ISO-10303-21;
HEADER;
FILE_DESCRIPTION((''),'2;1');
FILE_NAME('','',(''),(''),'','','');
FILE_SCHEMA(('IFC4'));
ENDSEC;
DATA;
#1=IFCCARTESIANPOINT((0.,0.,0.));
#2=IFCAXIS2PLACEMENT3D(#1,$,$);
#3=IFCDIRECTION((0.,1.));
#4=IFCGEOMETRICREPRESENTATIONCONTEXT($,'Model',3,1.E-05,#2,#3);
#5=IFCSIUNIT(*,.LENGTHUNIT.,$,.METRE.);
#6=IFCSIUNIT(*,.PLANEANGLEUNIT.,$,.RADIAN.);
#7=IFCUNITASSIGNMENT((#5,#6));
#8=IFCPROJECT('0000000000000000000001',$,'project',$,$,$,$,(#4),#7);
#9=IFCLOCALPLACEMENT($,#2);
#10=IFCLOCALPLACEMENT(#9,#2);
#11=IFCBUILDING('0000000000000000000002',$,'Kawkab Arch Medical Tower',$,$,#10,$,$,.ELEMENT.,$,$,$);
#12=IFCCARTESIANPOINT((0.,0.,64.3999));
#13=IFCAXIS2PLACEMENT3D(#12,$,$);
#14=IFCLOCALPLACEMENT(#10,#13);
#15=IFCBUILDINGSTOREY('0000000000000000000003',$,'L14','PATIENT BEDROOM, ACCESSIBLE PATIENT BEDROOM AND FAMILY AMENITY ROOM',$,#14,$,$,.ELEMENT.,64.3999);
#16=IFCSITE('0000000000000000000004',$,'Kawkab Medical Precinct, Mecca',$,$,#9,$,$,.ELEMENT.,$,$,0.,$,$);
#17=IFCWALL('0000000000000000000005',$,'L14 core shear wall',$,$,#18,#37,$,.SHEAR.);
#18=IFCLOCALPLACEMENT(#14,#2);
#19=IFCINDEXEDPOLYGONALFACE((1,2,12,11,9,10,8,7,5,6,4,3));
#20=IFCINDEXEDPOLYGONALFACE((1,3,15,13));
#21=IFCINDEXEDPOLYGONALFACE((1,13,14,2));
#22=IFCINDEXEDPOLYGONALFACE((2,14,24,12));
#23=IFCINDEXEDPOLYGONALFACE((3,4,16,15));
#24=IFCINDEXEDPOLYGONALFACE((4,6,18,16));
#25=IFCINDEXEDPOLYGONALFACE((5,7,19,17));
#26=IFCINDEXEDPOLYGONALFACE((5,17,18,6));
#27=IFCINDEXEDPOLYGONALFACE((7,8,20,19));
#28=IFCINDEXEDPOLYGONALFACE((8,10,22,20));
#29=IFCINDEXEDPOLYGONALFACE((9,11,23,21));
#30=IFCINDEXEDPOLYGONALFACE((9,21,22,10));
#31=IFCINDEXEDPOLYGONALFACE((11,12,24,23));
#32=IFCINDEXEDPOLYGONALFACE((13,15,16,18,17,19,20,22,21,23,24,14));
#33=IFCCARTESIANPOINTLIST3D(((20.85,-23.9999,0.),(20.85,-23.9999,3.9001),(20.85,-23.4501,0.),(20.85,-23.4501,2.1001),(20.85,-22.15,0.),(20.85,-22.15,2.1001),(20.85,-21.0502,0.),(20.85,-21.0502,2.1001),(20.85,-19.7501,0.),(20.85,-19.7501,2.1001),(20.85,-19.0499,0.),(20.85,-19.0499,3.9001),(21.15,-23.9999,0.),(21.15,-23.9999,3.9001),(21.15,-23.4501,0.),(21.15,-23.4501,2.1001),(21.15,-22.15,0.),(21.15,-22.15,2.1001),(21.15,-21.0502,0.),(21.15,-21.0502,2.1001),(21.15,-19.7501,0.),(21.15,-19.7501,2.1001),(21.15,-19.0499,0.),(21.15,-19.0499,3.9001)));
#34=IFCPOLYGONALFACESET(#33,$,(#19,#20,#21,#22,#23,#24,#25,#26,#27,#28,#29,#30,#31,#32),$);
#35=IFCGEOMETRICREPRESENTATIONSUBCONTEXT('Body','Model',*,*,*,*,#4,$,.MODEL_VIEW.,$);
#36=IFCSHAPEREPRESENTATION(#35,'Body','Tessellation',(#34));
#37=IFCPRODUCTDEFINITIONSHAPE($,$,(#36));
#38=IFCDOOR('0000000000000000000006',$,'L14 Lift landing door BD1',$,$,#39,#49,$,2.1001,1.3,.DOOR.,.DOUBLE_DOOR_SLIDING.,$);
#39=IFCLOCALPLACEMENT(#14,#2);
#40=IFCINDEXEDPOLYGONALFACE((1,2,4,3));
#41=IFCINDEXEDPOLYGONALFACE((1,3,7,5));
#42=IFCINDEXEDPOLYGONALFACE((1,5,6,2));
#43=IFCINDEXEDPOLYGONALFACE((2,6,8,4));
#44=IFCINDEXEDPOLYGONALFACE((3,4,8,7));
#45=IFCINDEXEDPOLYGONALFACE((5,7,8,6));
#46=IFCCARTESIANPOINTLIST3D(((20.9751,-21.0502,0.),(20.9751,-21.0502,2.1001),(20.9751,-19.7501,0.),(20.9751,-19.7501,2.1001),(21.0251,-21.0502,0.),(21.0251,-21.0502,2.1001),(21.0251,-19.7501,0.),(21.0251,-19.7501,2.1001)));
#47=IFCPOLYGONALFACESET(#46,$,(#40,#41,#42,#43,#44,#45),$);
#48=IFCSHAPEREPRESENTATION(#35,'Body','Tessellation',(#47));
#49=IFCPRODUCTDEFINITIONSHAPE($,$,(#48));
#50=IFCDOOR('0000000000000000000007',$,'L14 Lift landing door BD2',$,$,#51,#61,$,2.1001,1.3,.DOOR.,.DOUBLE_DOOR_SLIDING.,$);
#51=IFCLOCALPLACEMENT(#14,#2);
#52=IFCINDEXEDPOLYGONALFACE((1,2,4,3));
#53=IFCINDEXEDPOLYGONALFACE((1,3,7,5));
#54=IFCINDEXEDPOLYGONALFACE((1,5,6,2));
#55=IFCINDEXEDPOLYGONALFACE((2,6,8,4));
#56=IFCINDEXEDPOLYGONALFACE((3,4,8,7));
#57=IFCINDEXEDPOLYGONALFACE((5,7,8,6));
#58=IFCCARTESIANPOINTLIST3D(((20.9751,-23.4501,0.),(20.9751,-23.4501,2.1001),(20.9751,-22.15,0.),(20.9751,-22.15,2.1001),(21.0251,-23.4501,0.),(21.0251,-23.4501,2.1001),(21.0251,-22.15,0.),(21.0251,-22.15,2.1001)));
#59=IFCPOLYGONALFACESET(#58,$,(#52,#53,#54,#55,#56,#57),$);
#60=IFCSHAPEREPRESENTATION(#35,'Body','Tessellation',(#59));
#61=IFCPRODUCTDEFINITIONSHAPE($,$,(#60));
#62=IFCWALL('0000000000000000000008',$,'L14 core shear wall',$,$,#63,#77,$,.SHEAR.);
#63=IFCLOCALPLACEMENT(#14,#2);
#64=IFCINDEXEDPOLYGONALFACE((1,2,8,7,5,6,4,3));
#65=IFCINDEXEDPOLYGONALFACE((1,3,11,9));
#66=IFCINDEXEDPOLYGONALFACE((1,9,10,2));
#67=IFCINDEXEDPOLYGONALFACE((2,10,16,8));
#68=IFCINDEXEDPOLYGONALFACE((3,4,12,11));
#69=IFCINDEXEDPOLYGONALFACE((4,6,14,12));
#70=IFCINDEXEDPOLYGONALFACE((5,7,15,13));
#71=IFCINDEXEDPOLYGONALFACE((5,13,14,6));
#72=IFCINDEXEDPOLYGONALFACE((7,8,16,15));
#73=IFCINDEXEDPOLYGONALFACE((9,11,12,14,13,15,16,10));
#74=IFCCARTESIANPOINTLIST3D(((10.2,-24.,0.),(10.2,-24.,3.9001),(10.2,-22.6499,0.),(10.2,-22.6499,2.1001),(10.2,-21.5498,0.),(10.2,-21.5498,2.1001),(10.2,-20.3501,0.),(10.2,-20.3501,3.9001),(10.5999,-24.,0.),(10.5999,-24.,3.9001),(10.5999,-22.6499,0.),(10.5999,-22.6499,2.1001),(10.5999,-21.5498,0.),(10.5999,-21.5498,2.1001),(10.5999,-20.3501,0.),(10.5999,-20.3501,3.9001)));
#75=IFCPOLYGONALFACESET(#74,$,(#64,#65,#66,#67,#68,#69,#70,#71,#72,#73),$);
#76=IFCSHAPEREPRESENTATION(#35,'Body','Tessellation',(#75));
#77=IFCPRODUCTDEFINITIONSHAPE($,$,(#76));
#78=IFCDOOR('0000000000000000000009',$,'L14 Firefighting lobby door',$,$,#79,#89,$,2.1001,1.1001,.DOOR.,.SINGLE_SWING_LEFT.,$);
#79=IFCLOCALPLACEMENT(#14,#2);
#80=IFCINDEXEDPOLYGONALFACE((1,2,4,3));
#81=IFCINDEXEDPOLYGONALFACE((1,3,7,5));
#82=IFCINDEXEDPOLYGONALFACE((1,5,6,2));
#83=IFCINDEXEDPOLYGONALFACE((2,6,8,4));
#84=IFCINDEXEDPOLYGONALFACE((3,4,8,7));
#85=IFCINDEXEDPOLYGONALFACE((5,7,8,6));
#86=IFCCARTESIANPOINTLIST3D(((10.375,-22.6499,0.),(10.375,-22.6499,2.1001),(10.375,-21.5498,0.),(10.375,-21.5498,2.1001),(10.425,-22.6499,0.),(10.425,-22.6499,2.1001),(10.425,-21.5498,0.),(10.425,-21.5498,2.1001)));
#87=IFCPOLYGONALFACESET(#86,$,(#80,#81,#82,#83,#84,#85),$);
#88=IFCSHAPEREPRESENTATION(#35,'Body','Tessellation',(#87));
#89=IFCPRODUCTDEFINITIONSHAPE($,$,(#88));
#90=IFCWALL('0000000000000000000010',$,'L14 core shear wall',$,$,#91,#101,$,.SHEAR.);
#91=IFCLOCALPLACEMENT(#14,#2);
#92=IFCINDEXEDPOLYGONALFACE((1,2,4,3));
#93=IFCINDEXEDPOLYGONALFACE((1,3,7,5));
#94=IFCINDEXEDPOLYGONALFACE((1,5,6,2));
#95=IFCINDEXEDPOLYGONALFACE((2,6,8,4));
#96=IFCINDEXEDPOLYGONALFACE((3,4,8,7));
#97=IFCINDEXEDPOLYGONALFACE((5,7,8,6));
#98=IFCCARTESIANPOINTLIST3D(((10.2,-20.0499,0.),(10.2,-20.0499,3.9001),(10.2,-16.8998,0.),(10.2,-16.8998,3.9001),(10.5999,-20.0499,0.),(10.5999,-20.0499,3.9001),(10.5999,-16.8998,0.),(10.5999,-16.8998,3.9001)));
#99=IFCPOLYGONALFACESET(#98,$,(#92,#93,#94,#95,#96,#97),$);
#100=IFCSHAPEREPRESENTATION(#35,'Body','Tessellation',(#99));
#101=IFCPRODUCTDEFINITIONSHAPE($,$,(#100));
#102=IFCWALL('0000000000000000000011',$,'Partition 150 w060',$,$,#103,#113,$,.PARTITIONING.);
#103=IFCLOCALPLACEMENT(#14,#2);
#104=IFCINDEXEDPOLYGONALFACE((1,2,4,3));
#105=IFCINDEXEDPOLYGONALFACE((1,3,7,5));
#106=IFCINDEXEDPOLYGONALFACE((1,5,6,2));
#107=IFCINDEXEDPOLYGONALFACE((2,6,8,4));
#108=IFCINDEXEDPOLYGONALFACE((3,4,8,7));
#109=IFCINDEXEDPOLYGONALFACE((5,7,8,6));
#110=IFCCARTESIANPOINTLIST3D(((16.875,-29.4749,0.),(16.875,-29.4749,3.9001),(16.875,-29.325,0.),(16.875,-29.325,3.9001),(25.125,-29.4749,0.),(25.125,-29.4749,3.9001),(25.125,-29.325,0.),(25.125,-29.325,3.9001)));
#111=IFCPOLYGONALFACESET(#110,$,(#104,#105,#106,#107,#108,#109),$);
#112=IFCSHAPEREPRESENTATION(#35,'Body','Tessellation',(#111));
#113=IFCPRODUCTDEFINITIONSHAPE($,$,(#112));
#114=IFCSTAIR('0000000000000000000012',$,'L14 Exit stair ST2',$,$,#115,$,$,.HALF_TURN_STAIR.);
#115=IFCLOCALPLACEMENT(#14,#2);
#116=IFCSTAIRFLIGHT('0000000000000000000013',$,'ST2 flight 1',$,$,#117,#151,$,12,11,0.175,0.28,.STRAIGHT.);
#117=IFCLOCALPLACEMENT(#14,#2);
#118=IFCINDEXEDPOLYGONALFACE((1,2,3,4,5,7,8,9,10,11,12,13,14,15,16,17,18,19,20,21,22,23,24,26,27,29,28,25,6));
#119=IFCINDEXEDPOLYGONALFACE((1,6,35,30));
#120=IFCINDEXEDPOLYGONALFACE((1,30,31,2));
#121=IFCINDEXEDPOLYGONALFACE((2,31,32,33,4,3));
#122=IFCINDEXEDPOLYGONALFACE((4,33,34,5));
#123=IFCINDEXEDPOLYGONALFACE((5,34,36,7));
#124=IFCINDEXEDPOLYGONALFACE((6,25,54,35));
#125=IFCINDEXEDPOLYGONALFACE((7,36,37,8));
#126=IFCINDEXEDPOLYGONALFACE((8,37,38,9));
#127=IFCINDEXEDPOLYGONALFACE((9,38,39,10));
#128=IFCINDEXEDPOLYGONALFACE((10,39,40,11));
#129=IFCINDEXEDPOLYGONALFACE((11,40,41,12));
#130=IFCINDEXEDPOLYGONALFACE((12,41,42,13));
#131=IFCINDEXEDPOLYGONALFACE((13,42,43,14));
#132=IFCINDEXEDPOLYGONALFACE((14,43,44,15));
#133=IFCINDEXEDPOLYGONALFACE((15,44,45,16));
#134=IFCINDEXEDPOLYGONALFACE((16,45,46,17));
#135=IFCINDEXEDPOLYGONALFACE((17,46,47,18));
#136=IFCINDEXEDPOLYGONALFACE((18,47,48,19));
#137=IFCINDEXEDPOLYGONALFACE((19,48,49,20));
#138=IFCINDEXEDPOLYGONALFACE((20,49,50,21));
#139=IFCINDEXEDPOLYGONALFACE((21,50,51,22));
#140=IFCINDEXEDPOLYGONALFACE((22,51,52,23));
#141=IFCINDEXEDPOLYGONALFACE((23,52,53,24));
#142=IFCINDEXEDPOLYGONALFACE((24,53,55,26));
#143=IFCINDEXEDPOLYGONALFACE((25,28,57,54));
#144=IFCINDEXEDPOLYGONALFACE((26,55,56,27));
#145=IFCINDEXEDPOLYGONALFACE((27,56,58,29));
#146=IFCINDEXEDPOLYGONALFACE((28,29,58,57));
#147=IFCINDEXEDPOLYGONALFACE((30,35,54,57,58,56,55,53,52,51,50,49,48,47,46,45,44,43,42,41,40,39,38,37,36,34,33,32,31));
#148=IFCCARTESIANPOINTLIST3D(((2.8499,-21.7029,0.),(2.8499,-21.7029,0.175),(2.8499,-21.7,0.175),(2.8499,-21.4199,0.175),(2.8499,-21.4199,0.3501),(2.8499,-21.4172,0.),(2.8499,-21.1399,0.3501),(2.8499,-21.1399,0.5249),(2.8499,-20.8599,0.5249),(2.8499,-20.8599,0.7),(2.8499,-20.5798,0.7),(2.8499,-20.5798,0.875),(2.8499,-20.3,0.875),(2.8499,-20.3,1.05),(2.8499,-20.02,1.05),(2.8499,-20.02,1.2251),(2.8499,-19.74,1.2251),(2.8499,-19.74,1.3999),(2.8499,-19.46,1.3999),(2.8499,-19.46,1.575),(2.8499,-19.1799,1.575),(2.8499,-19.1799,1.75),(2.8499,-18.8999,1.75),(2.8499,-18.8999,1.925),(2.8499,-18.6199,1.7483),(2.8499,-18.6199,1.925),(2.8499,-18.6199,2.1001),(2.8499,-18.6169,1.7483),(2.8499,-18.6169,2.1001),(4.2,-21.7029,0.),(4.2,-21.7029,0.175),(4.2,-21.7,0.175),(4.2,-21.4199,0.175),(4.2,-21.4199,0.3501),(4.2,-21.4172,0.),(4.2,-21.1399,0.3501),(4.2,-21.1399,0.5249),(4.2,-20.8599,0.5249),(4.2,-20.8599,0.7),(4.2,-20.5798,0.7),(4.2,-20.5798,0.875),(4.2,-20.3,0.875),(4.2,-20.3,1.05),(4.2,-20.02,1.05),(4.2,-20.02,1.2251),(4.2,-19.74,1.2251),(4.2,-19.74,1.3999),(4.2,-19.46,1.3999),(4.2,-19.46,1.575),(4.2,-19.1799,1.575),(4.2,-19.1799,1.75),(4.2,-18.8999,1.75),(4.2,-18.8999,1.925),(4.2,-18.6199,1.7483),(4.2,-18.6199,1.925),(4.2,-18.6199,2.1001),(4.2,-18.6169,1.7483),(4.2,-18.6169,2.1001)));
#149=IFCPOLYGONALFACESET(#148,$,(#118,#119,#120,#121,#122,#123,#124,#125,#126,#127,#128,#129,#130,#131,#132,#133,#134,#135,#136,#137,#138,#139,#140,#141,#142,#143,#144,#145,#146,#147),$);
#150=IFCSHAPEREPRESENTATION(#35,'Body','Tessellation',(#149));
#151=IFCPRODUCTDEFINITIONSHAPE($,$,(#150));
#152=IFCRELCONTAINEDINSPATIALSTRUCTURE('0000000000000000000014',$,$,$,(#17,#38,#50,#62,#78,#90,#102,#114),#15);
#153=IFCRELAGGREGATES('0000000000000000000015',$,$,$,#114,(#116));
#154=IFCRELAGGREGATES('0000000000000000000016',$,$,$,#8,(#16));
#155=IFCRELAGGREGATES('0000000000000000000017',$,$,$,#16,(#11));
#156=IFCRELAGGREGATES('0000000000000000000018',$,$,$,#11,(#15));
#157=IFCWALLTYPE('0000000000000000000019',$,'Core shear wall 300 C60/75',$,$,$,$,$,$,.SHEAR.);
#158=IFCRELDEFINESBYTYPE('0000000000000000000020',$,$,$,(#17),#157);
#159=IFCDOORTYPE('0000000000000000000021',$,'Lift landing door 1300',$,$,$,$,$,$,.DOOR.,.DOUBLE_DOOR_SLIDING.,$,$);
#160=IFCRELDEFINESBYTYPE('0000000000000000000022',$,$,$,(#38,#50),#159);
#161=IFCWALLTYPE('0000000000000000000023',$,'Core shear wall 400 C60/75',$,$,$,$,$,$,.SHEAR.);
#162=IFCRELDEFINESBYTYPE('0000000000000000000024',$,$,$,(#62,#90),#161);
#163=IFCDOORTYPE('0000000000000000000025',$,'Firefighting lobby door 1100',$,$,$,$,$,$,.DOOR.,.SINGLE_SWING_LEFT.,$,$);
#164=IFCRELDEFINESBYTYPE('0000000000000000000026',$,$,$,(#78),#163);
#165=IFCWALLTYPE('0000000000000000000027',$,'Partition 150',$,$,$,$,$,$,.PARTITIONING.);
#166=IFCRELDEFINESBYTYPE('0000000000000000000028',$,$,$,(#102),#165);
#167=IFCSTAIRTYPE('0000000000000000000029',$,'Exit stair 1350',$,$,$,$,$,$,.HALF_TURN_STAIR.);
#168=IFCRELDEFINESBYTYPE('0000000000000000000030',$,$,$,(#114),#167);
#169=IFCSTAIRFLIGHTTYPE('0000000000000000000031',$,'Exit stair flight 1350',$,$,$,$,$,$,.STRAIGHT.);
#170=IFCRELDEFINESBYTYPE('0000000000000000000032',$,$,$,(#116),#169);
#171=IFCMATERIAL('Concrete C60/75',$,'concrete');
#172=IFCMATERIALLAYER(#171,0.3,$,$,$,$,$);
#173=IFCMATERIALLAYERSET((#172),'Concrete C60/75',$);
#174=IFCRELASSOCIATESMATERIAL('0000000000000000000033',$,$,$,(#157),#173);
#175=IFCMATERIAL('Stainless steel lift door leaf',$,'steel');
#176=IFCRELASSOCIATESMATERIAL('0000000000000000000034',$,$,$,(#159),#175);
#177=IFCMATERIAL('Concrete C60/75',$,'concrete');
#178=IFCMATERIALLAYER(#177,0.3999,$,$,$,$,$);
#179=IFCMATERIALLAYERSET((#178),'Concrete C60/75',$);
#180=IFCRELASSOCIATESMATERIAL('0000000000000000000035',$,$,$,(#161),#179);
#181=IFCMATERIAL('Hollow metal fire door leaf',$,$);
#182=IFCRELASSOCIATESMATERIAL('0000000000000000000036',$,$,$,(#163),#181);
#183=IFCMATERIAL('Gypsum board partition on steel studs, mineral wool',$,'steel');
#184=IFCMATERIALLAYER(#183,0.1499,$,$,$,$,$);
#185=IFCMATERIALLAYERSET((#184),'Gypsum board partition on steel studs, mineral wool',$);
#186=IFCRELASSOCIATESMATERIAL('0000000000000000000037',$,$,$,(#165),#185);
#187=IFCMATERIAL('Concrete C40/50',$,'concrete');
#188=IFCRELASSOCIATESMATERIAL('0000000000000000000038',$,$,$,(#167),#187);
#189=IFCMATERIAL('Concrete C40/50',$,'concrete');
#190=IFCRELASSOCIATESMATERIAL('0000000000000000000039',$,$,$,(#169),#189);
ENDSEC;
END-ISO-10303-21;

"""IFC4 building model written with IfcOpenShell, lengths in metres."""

from ifc_helpers import new_model, si_unit, direction, frame, frame_2d, origin, place, context, subcontext, project, spatial, polyline, rectangle, outline, extrude, material, layer, layer_set, type_object, element, fill, aggregate, save


model = new_model("IFC4")

# Units and contexts
model_context = context("Model", 3, precision=1e-05, world=origin(), true_north=direction((0.0, 1.0)))
body_context = subcontext(model_context, "Body", "Model", "MODEL_VIEW")
ifc_project = project(units=[si_unit("LENGTHUNIT", "METRE"), si_unit("PLANEANGLEUNIT", "RADIAN")], contexts=[model_context])

# Site, building, storey
site_placement = place(None, origin())
site = spatial("IfcSite", under=ifc_project, at=site_placement, Name="Kawkab Medical Precinct, Mecca", CompositionType="ELEMENT", RefElevation=0.0)
building_placement = place(site_placement, origin())
building = spatial("IfcBuilding", under=site, at=building_placement, Name="Kawkab Arch Medical Tower", CompositionType="ELEMENT")
storey_placement = place(building_placement, frame((0.0, 0.0, 64.3999)))
storey = spatial("IfcBuildingStorey", under=building, at=storey_placement, Name="L14", Description="PATIENT BEDROOM, ACCESSIBLE PATIENT BEDROOM AND FAMILY AMENITY ROOM", CompositionType="ELEMENT", Elevation=64.3999)

# Shared definitions
ifc_material_1 = material(Name="Concrete C60/75", Category="concrete")
ifc_layer_1 = layer(ifc_material_1, 0.3)
ifc_layer_set_1 = layer_set([ifc_layer_1], Name="Concrete C60/75")
wall_type_1 = type_object("IfcWallType", Name="Core shear wall 300 C60/75", PredefinedType="SHEAR", material=ifc_layer_set_1)

# Shared definitions
ifc_material_2 = material(Name="Stainless steel lift door leaf", Category="steel")
door_type_1 = type_object("IfcDoorType", Name="Lift landing door 1300", OperationType="DOUBLE_DOOR_SLIDING", PredefinedType="DOOR", material=ifc_material_2)

# Wall, openings, doors
wall_1_placement = place(storey_placement, frame((21.0, -24.0, 0.0), z_axis=(0.0, 0.0, 1.0), x_axis=(0.0, 1.0, 0.0)))
wall_1 = element("IfcWall", 1, at=wall_1_placement, inside=storey, type_object=wall_type_1, Name="L14 core shear wall", PredefinedType="SHEAR", context=body_context, shape_type="SweptSolid", body=[
    extrude(rectangle(XDim=4.95, YDim=0.3, at=frame_2d((2.4751, 0.0))), origin(), (0.0, 0.0, 1.0), 3.9001),
])
opening_1_placement = place(wall_1_placement, frame((2.95, 0.0, 0.0)))
opening_1 = element("IfcOpeningElement", 2, at=opening_1_placement, cuts=wall_1, PredefinedType="OPENING", context=body_context, shape_type="SweptSolid", body=[
    extrude(rectangle(XDim=1.3, YDim=2.1001, at=frame_2d((0.6499, 1.05))), frame((0.0, 0.1599, 0.0), z_axis=(0.0, -1.0, 0.0), x_axis=(1.0, 0.0, 0.0)), (0.0, 0.0, 1.0), 0.3201),
])
opening_2_placement = place(wall_1_placement, frame((0.55, 0.0, 0.0)))
opening_2 = element("IfcOpeningElement", 3, at=opening_2_placement, cuts=wall_1, PredefinedType="OPENING", context=body_context, shape_type="SweptSolid", body=[
    extrude(rectangle(XDim=1.3, YDim=2.1001, at=frame_2d((0.6499, 1.05))), frame((0.0, 0.1599, 0.0), z_axis=(0.0, -1.0, 0.0), x_axis=(1.0, 0.0, 0.0)), (0.0, 0.0, 1.0), 0.3201),
])
door_1_placement = place(opening_1_placement, origin())
door_1 = element("IfcDoor", 4, at=door_1_placement, inside=storey, type_object=door_type_1, Name="L14 Lift landing door BD1", OperationType="DOUBLE_DOOR_SLIDING", OverallHeight=2.1001, OverallWidth=1.3, PredefinedType="DOOR", context=body_context, shape_type="SweptSolid", body=[
    extrude(rectangle(XDim=1.3, YDim=2.1001, at=frame_2d((0.6499, 1.05))), frame((0.0, 0.0249, 0.0), z_axis=(0.0, -1.0, 0.0), x_axis=(1.0, 0.0, 0.0)), (0.0, 0.0, 1.0), 0.05),
])
fill(opening_1, door_1)
door_2_placement = place(opening_2_placement, origin())
door_2 = element("IfcDoor", 5, at=door_2_placement, inside=storey, type_object=door_type_1, Name="L14 Lift landing door BD2", OperationType="DOUBLE_DOOR_SLIDING", OverallHeight=2.1001, OverallWidth=1.3, PredefinedType="DOOR", context=body_context, shape_type="SweptSolid", body=[
    extrude(rectangle(XDim=1.3, YDim=2.1001, at=frame_2d((0.6499, 1.05))), frame((0.0, 0.0249, 0.0), z_axis=(0.0, -1.0, 0.0), x_axis=(1.0, 0.0, 0.0)), (0.0, 0.0, 1.0), 0.05),
])
fill(opening_2, door_2)

# Wall, opening, door
ifc_material_3 = material(Name="Concrete C60/75", Category="concrete")
ifc_layer_2 = layer(ifc_material_3, 0.3999)
ifc_layer_set_2 = layer_set([ifc_layer_2], Name="Concrete C60/75")
wall_type_2 = type_object("IfcWallType", Name="Core shear wall 400 C60/75", PredefinedType="SHEAR", material=ifc_layer_set_2)
wall_2_placement = place(storey_placement, frame((10.3999, -24.0, 0.0), z_axis=(0.0, 0.0, 1.0), x_axis=(0.0, 1.0, 0.0)))
wall_2 = element("IfcWall", 6, at=wall_2_placement, inside=storey, type_object=wall_type_2, Name="L14 core shear wall", PredefinedType="SHEAR", context=body_context, shape_type="SweptSolid", body=[
    extrude(rectangle(XDim=3.6499, YDim=0.3999, at=frame_2d((1.825, 0.0))), origin(), (0.0, 0.0, 1.0), 3.9001),
])
opening_3_placement = place(wall_2_placement, frame((1.3501, 0.0, 0.0)))
opening_3 = element("IfcOpeningElement", 7, at=opening_3_placement, cuts=wall_2, PredefinedType="OPENING", context=body_context, shape_type="SweptSolid", body=[
    extrude(rectangle(XDim=1.1001, YDim=2.1001, at=frame_2d((0.55, 1.05))), frame((0.0, 0.21, 0.0), z_axis=(0.0, -1.0, 0.0), x_axis=(1.0, 0.0, 0.0)), (0.0, 0.0, 1.0), 0.4199),
])
ifc_material_4 = material(Name="Hollow metal fire door leaf")
door_type_2 = type_object("IfcDoorType", Name="Firefighting lobby door 1100", OperationType="SINGLE_SWING_LEFT", PredefinedType="DOOR", material=ifc_material_4)
door_3_placement = place(opening_3_placement, origin())
door_3 = element("IfcDoor", 8, at=door_3_placement, inside=storey, type_object=door_type_2, Name="L14 Firefighting lobby door", OperationType="SINGLE_SWING_LEFT", OverallHeight=2.1001, OverallWidth=1.1001, PredefinedType="DOOR", context=body_context, shape_type="SweptSolid", body=[
    extrude(rectangle(XDim=1.1001, YDim=2.1001, at=frame_2d((0.55, 1.05))), frame((0.0, 0.0249, 0.0), z_axis=(0.0, -1.0, 0.0), x_axis=(1.0, 0.0, 0.0)), (0.0, 0.0, 1.0), 0.05),
])
fill(opening_3, door_3)

# Walls
wall_3_placement = place(storey_placement, frame((10.3999, -20.05, 0.0), z_axis=(0.0, 0.0, 1.0), x_axis=(0.0, 1.0, 0.0)))
element("IfcWall", 9, at=wall_3_placement, inside=storey, type_object=wall_type_2, Name="L14 core shear wall", PredefinedType="SHEAR", context=body_context, shape_type="SweptSolid", body=[
    extrude(rectangle(XDim=3.1501, YDim=0.3999, at=frame_2d((1.5752, 0.0))), origin(), (0.0, 0.0, 1.0), 3.9001),
])
ifc_material_5 = material(Name="Gypsum board partition on steel studs, mineral wool", Category="steel")
ifc_layer_3 = layer(ifc_material_5, 0.1499)
ifc_layer_set_3 = layer_set([ifc_layer_3], Name="Gypsum board partition on steel studs, mineral wool")
wall_type_3 = type_object("IfcWallType", Name="Partition 150", PredefinedType="PARTITIONING", material=ifc_layer_set_3)
wall_4_placement = place(storey_placement, frame((16.875, -29.3999, 0.0), z_axis=(0.0, 0.0, 1.0), x_axis=(1.0, 0.0, 0.0)))
element("IfcWall", 10, at=wall_4_placement, inside=storey, type_object=wall_type_3, Name="Partition 150 w060", PredefinedType="PARTITIONING", context=body_context, shape_type="SweptSolid", body=[
    extrude(rectangle(XDim=8.25, YDim=0.1499, at=frame_2d((4.125, 0.0))), origin(), (0.0, 0.0, 1.0), 3.9001),
])

# Stair, stair flight
ifc_material_6 = material(Name="Concrete C40/50", Category="concrete")
stair_type = type_object("IfcStairType", Name="Exit stair 1350", PredefinedType="HALF_TURN_STAIR", material=ifc_material_6)
stair_placement = place(storey_placement, origin())
stair = element("IfcStair", 11, at=stair_placement, inside=storey, type_object=stair_type, Name="L14 Exit stair ST2", PredefinedType="HALF_TURN_STAIR")
ifc_material_7 = material(Name="Concrete C40/50", Category="concrete")
stair_flight_type = type_object("IfcStairFlightType", Name="Exit stair flight 1350", PredefinedType="STRAIGHT", material=ifc_material_7)
stair_flight_placement = place(storey_placement, frame((3.5249, -21.7, 0.0), z_axis=(0.0, 0.0, 1.0), x_axis=(0.0, 1.0, 0.0)))
stair_flight = element("IfcStairFlight", 12, at=stair_flight_placement, type_object=stair_flight_type, Name="ST2 flight 1", NumberOfRisers=12, NumberOfTreads=11, PredefinedType="STRAIGHT", RiserHeight=0.175, TreadLength=0.28, context=body_context, shape_type="SweptSolid", body=[
    extrude(outline(polyline([(-0.0029, 0.0), (-0.0029, 0.175), (0.0, 0.175), (0.28, 0.175), (0.28, 0.3501), (0.5601, 0.3501), (0.5601, 0.5249), (0.8401, 0.5249), (0.8401, 0.7), (1.1201, 0.7), (1.1201, 0.875), (1.3999, 0.875), (1.3999, 1.05), (1.6799, 1.05), (1.6799, 1.2251), (1.96, 1.2251), (1.96, 1.3999), (2.24, 1.3999), (2.24, 1.575), (2.52, 1.575), (2.52, 1.75), (2.8, 1.75), (2.8, 1.925), (3.0801, 1.925), (3.0801, 2.1001), (3.083, 2.1001), (3.083, 1.7483), (3.0801, 1.7483), (0.2827, 0.0), (-0.0029, 0.0)])), frame((0.0, 0.675, 0.0), z_axis=(0.0, -1.0, 0.0), x_axis=(1.0, 0.0, 0.0)), (0.0, 0.0, 1.0), 1.3501),
])
aggregate(stair, [stair_flight])

save(model, "model.ifc")
